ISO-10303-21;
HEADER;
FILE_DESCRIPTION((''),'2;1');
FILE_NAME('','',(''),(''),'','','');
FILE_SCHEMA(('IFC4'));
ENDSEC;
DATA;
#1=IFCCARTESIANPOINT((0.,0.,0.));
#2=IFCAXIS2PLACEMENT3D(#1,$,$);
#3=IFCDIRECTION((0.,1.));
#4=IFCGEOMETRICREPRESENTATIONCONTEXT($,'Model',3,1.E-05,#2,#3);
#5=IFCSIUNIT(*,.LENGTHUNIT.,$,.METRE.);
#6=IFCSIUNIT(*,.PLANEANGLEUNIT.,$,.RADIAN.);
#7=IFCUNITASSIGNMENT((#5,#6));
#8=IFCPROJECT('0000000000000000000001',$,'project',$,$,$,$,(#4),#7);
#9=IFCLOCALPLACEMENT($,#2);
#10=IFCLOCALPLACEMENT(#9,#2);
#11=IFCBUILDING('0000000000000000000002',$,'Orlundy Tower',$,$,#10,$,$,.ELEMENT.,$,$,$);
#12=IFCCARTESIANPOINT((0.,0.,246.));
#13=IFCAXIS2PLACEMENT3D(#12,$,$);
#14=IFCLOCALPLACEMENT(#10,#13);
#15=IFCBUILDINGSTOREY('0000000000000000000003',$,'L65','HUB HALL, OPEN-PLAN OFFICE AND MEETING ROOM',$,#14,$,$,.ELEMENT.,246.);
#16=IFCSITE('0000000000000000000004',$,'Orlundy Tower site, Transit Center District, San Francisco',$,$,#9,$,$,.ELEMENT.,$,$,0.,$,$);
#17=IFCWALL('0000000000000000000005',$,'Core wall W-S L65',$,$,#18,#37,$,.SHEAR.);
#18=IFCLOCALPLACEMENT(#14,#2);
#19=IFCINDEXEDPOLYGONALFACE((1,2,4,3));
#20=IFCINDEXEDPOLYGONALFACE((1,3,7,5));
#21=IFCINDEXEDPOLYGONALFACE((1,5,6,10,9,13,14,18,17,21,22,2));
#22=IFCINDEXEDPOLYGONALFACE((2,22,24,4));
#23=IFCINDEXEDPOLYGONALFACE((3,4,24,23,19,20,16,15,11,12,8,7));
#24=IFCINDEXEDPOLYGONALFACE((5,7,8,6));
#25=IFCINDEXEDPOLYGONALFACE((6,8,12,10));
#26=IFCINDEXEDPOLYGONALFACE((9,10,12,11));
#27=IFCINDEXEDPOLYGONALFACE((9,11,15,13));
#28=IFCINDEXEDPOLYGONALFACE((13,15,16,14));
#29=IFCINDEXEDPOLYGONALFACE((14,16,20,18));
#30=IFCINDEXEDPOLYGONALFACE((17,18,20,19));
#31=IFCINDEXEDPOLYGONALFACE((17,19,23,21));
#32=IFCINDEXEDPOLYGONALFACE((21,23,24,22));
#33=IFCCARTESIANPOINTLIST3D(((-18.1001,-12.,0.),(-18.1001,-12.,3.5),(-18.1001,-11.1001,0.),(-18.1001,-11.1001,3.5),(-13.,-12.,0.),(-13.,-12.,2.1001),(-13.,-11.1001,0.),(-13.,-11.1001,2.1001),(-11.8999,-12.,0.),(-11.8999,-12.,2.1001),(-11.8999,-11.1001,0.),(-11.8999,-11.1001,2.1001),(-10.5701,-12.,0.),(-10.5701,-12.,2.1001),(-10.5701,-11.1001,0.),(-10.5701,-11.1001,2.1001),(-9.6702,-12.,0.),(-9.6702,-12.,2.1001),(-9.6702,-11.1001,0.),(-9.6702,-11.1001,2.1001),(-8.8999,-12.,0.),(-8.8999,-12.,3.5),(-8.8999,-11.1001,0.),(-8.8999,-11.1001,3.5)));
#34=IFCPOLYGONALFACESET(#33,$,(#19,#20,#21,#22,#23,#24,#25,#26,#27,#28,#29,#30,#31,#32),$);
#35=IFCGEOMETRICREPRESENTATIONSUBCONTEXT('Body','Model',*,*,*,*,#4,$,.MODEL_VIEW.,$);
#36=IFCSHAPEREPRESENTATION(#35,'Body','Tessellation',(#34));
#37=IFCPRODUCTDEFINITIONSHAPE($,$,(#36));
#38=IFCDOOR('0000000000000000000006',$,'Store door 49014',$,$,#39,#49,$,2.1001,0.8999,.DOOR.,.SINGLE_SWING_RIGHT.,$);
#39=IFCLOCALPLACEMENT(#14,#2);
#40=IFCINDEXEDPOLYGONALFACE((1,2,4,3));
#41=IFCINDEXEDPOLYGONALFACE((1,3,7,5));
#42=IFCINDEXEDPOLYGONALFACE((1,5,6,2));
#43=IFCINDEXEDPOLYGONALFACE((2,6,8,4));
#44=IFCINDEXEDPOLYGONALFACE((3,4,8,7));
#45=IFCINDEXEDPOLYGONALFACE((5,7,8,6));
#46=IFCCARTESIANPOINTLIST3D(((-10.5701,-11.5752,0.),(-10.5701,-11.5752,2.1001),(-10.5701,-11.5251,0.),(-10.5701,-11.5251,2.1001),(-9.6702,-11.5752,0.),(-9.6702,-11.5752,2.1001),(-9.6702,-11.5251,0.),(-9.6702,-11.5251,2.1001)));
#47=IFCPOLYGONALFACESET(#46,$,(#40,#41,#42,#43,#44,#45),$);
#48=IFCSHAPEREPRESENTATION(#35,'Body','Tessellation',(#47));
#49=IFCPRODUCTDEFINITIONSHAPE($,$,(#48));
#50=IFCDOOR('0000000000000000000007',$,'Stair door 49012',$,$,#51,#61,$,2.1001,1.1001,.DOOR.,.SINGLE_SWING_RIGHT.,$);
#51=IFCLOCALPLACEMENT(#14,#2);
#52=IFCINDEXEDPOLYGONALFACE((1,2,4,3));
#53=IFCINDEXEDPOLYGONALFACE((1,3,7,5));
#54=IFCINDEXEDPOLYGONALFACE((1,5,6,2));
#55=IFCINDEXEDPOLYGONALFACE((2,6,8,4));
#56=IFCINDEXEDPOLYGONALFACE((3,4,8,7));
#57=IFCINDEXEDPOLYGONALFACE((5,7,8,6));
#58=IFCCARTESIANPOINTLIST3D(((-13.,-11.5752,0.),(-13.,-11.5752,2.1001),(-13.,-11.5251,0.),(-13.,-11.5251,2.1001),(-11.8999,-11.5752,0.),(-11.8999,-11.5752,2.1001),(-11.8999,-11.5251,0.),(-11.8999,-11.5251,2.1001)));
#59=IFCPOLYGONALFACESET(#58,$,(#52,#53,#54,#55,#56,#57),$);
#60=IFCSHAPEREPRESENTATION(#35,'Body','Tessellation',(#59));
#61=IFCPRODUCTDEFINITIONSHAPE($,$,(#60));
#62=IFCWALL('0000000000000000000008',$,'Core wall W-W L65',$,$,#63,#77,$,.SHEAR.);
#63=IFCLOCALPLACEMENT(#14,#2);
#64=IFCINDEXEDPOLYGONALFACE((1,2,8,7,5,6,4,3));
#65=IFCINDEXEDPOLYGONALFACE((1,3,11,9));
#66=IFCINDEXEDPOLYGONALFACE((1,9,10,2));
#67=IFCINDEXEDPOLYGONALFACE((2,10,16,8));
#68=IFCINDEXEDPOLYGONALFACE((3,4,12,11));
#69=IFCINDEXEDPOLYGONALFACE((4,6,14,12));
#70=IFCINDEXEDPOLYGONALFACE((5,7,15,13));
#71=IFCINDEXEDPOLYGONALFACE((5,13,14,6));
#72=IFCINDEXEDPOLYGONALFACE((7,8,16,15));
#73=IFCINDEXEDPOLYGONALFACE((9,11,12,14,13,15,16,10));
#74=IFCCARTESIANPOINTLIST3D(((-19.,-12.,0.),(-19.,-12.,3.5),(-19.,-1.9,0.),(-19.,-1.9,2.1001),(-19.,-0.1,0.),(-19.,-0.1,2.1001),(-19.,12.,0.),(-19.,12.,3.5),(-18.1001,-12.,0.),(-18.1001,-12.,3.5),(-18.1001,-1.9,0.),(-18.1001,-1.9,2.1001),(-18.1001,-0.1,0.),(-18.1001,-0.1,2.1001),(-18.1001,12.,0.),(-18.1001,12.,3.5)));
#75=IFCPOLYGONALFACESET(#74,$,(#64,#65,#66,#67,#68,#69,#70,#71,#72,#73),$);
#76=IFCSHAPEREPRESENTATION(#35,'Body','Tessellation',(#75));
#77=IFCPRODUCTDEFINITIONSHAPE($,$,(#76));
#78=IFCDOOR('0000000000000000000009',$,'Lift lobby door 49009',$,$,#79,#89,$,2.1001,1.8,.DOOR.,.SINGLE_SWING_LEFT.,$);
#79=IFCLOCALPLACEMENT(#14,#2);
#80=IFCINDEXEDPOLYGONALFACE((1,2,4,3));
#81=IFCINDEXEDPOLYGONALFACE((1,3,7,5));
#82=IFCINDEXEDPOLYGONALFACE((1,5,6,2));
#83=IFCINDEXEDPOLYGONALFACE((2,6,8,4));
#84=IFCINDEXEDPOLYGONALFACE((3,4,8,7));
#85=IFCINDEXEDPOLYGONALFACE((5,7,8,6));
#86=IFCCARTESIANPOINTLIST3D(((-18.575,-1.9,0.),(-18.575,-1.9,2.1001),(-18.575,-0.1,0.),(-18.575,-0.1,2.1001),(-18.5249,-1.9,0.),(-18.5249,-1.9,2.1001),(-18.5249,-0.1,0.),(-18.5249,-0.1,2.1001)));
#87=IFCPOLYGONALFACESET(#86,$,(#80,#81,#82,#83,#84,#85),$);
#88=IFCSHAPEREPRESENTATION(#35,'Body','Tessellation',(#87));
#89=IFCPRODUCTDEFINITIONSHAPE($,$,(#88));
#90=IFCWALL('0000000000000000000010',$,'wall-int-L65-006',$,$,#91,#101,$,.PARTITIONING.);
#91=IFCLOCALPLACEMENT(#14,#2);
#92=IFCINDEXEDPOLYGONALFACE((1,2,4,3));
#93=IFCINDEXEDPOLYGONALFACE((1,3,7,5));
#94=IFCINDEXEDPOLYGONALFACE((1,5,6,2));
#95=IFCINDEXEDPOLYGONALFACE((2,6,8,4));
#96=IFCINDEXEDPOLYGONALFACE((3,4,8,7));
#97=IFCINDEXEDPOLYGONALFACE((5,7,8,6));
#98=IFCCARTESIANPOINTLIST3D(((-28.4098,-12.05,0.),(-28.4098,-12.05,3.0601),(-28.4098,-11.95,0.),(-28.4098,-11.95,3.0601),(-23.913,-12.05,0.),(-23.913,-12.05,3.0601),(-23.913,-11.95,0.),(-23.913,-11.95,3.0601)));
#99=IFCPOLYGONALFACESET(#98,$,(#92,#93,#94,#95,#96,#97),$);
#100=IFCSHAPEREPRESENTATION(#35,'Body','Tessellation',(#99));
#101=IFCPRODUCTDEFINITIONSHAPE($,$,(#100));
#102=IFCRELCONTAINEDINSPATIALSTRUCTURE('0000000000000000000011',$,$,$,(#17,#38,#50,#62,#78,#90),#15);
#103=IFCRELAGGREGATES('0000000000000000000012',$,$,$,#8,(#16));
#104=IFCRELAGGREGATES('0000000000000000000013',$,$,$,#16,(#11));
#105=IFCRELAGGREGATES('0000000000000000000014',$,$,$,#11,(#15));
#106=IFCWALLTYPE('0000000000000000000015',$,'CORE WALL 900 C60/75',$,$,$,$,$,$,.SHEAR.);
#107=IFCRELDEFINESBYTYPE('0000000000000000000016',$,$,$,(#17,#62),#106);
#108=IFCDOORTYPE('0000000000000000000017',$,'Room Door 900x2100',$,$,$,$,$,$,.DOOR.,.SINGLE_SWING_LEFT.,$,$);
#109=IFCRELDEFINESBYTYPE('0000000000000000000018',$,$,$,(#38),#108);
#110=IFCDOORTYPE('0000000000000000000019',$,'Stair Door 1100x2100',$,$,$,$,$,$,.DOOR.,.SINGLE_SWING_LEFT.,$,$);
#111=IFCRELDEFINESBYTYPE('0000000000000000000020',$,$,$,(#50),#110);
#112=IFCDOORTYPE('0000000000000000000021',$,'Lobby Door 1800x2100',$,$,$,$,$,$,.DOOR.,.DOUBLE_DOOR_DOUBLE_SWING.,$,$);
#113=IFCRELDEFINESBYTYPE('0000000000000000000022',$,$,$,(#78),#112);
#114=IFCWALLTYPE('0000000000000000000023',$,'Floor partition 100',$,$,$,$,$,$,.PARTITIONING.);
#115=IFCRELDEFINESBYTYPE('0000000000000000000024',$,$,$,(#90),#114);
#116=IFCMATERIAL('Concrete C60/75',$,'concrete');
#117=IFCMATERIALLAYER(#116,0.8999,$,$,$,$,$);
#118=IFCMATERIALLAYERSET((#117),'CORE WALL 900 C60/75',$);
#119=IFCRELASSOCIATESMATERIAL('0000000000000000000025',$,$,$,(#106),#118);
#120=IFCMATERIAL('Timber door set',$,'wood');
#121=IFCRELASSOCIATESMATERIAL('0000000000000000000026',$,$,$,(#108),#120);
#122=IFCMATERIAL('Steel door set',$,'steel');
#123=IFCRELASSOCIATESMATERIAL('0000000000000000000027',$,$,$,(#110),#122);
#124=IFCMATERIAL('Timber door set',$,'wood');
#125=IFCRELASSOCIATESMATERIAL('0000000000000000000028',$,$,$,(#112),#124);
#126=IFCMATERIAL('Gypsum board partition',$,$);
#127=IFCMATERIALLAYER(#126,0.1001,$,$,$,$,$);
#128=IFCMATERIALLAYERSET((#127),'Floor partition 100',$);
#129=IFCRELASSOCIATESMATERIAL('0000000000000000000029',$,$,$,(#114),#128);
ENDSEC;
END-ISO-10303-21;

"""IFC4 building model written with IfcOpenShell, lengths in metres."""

from ifc_helpers import new_model, si_unit, direction, frame, frame_2d, origin, place, context, subcontext, project, spatial, rectangle, extrude, material, layer, layer_set, type_object, element, fill, save


model = new_model("IFC4")

# Units and contexts
model_context = context("Model", 3, precision=1e-05, world=origin(), true_north=direction((0.0, 1.0)))
body_context = subcontext(model_context, "Body", "Model", "MODEL_VIEW")
ifc_project = project(units=[si_unit("LENGTHUNIT", "METRE"), si_unit("PLANEANGLEUNIT", "RADIAN")], contexts=[model_context])

# Site, building, storey
site_placement = place(None, origin())
site = spatial("IfcSite", under=ifc_project, at=site_placement, Name="Orlundy Tower site, Transit Center District, San Francisco", CompositionType="ELEMENT", RefElevation=0.0)
building_placement = place(site_placement, origin())
building = spatial("IfcBuilding", under=site, at=building_placement, Name="Orlundy Tower", CompositionType="ELEMENT")
storey_placement = place(building_placement, frame((0.0, 0.0, 246.0)))
storey = spatial("IfcBuildingStorey", under=building, at=storey_placement, Name="L65", Description="HUB HALL, OPEN-PLAN OFFICE AND MEETING ROOM", CompositionType="ELEMENT", Elevation=246.0)

# Wall, openings, doors
ifc_material_1 = material(Name="Concrete C60/75", Category="concrete")
ifc_layer_1 = layer(ifc_material_1, 0.8999)
ifc_layer_set_1 = layer_set([ifc_layer_1], Name="CORE WALL 900 C60/75")
wall_type_1 = type_object("IfcWallType", Name="CORE WALL 900 C60/75", PredefinedType="SHEAR", material=ifc_layer_set_1)
wall_1_placement = place(storey_placement, frame((-18.1001, -11.55, 0.0), z_axis=(0.0, 0.0, 1.0), x_axis=(1.0, 0.0, 0.0)))
wall_1 = element("IfcWall", 1, at=wall_1_placement, inside=storey, type_object=wall_type_1, Name="Core wall W-S L65", PredefinedType="SHEAR", context=body_context, shape_type="SweptSolid", body=[
    extrude(rectangle(XDim=9.2002, YDim=0.8999, at=frame_2d((4.6001, 0.0))), origin(), (0.0, 0.0, 1.0), 3.5),
])
opening_1_placement = place(wall_1_placement, frame((5.1001, 0.0, 0.0)))
opening_1 = element("IfcOpeningElement", 2, at=opening_1_placement, cuts=wall_1, PredefinedType="OPENING", context=body_context, shape_type="SweptSolid", body=[
    extrude(rectangle(XDim=1.1001, YDim=2.1001, at=frame_2d((0.55, 1.05))), frame((0.0, 0.46, 0.0), z_axis=(0.0, -1.0, 0.0), x_axis=(1.0, 0.0, 0.0)), (0.0, 0.0, 1.0), 0.9199),
])
opening_2_placement = place(wall_1_placement, frame((7.53, 0.0, 0.0)))
opening_2 = element("IfcOpeningElement", 3, at=opening_2_placement, cuts=wall_1, PredefinedType="OPENING", context=body_context, shape_type="SweptSolid", body=[
    extrude(rectangle(XDim=0.8999, YDim=2.1001, at=frame_2d((0.45, 1.05))), frame((0.0, 0.46, 0.0), z_axis=(0.0, -1.0, 0.0), x_axis=(1.0, 0.0, 0.0)), (0.0, 0.0, 1.0), 0.9199),
])
ifc_material_2 = material(Name="Timber door set", Category="wood")
door_type_1 = type_object("IfcDoorType", Name="Room Door 900x2100", OperationType="SINGLE_SWING_LEFT", PredefinedType="DOOR", material=ifc_material_2)
door_1_placement = place(opening_2_placement, origin())
door_1 = element("IfcDoor", 4, at=door_1_placement, inside=storey, type_object=door_type_1, Name="Store door 49014", OperationType="SINGLE_SWING_RIGHT", OverallHeight=2.1001, OverallWidth=0.8999, PredefinedType="DOOR", context=body_context, shape_type="SweptSolid", body=[
    extrude(rectangle(XDim=0.8999, YDim=2.1001, at=frame_2d((0.45, 1.05))), frame((0.0, 0.0249, 0.0), z_axis=(0.0, -1.0, 0.0), x_axis=(1.0, 0.0, 0.0)), (0.0, 0.0, 1.0), 0.05),
])
fill(opening_2, door_1)
ifc_material_3 = material(Name="Steel door set", Category="steel")
door_type_2 = type_object("IfcDoorType", Name="Stair Door 1100x2100", OperationType="SINGLE_SWING_LEFT", PredefinedType="DOOR", material=ifc_material_3)
door_2_placement = place(opening_1_placement, origin())
door_2 = element("IfcDoor", 5, at=door_2_placement, inside=storey, type_object=door_type_2, Name="Stair door 49012", OperationType="SINGLE_SWING_RIGHT", OverallHeight=2.1001, OverallWidth=1.1001, PredefinedType="DOOR", context=body_context, shape_type="SweptSolid", body=[
    extrude(rectangle(XDim=1.1001, YDim=2.1001, at=frame_2d((0.55, 1.05))), frame((0.0, 0.0249, 0.0), z_axis=(0.0, -1.0, 0.0), x_axis=(1.0, 0.0, 0.0)), (0.0, 0.0, 1.0), 0.05),
])
fill(opening_1, door_2)

# Wall, opening, door
wall_2_placement = place(storey_placement, frame((-18.55, -12.0, 0.0), z_axis=(0.0, 0.0, 1.0), x_axis=(0.0, 1.0, 0.0)))
wall_2 = element("IfcWall", 6, at=wall_2_placement, inside=storey, type_object=wall_type_1, Name="Core wall W-W L65", PredefinedType="SHEAR", context=body_context, shape_type="SweptSolid", body=[
    extrude(rectangle(XDim=24.0, YDim=0.8999, at=frame_2d((12.0, 0.0))), origin(), (0.0, 0.0, 1.0), 3.5),
])
opening_3_placement = place(wall_2_placement, frame((10.1001, 0.0, 0.0)))
opening_3 = element("IfcOpeningElement", 7, at=opening_3_placement, cuts=wall_2, PredefinedType="OPENING", context=body_context, shape_type="SweptSolid", body=[
    extrude(rectangle(XDim=1.8, YDim=2.1001, at=frame_2d((0.8999, 1.05))), frame((0.0, 0.46, 0.0), z_axis=(0.0, -1.0, 0.0), x_axis=(1.0, 0.0, 0.0)), (0.0, 0.0, 1.0), 0.9199),
])
ifc_material_4 = material(Name="Timber door set", Category="wood")
door_type_3 = type_object("IfcDoorType", Name="Lobby Door 1800x2100", OperationType="DOUBLE_DOOR_DOUBLE_SWING", PredefinedType="DOOR", material=ifc_material_4)
door_3_placement = place(opening_3_placement, origin())
door_3 = element("IfcDoor", 8, at=door_3_placement, inside=storey, type_object=door_type_3, Name="Lift lobby door 49009", OperationType="SINGLE_SWING_LEFT", OverallHeight=2.1001, OverallWidth=1.8, PredefinedType="DOOR", context=body_context, shape_type="SweptSolid", body=[
    extrude(rectangle(XDim=1.8, YDim=2.1001, at=frame_2d((0.8999, 1.05))), frame((0.0, 0.0249, 0.0), z_axis=(0.0, -1.0, 0.0), x_axis=(1.0, 0.0, 0.0)), (0.0, 0.0, 1.0), 0.05),
])
fill(opening_3, door_3)

# Wall
ifc_material_5 = material(Name="Gypsum board partition")
ifc_layer_2 = layer(ifc_material_5, 0.1001)
ifc_layer_set_2 = layer_set([ifc_layer_2], Name="Floor partition 100")
wall_type_2 = type_object("IfcWallType", Name="Floor partition 100", PredefinedType="PARTITIONING", material=ifc_layer_set_2)
wall_3_placement = place(storey_placement, frame((-28.4099, -12.0, 0.0), z_axis=(0.0, 0.0, 1.0), x_axis=(1.0, 0.0, 0.0)))
element("IfcWall", 9, at=wall_3_placement, inside=storey, type_object=wall_type_2, Name="wall-int-L65-006", PredefinedType="PARTITIONING", context=body_context, shape_type="SweptSolid", body=[
    extrude(rectangle(XDim=4.4968, YDim=0.1001, at=frame_2d((2.2485, 0.0))), origin(), (0.0, 0.0, 1.0), 3.0601),
])

save(model, "model.ifc")
